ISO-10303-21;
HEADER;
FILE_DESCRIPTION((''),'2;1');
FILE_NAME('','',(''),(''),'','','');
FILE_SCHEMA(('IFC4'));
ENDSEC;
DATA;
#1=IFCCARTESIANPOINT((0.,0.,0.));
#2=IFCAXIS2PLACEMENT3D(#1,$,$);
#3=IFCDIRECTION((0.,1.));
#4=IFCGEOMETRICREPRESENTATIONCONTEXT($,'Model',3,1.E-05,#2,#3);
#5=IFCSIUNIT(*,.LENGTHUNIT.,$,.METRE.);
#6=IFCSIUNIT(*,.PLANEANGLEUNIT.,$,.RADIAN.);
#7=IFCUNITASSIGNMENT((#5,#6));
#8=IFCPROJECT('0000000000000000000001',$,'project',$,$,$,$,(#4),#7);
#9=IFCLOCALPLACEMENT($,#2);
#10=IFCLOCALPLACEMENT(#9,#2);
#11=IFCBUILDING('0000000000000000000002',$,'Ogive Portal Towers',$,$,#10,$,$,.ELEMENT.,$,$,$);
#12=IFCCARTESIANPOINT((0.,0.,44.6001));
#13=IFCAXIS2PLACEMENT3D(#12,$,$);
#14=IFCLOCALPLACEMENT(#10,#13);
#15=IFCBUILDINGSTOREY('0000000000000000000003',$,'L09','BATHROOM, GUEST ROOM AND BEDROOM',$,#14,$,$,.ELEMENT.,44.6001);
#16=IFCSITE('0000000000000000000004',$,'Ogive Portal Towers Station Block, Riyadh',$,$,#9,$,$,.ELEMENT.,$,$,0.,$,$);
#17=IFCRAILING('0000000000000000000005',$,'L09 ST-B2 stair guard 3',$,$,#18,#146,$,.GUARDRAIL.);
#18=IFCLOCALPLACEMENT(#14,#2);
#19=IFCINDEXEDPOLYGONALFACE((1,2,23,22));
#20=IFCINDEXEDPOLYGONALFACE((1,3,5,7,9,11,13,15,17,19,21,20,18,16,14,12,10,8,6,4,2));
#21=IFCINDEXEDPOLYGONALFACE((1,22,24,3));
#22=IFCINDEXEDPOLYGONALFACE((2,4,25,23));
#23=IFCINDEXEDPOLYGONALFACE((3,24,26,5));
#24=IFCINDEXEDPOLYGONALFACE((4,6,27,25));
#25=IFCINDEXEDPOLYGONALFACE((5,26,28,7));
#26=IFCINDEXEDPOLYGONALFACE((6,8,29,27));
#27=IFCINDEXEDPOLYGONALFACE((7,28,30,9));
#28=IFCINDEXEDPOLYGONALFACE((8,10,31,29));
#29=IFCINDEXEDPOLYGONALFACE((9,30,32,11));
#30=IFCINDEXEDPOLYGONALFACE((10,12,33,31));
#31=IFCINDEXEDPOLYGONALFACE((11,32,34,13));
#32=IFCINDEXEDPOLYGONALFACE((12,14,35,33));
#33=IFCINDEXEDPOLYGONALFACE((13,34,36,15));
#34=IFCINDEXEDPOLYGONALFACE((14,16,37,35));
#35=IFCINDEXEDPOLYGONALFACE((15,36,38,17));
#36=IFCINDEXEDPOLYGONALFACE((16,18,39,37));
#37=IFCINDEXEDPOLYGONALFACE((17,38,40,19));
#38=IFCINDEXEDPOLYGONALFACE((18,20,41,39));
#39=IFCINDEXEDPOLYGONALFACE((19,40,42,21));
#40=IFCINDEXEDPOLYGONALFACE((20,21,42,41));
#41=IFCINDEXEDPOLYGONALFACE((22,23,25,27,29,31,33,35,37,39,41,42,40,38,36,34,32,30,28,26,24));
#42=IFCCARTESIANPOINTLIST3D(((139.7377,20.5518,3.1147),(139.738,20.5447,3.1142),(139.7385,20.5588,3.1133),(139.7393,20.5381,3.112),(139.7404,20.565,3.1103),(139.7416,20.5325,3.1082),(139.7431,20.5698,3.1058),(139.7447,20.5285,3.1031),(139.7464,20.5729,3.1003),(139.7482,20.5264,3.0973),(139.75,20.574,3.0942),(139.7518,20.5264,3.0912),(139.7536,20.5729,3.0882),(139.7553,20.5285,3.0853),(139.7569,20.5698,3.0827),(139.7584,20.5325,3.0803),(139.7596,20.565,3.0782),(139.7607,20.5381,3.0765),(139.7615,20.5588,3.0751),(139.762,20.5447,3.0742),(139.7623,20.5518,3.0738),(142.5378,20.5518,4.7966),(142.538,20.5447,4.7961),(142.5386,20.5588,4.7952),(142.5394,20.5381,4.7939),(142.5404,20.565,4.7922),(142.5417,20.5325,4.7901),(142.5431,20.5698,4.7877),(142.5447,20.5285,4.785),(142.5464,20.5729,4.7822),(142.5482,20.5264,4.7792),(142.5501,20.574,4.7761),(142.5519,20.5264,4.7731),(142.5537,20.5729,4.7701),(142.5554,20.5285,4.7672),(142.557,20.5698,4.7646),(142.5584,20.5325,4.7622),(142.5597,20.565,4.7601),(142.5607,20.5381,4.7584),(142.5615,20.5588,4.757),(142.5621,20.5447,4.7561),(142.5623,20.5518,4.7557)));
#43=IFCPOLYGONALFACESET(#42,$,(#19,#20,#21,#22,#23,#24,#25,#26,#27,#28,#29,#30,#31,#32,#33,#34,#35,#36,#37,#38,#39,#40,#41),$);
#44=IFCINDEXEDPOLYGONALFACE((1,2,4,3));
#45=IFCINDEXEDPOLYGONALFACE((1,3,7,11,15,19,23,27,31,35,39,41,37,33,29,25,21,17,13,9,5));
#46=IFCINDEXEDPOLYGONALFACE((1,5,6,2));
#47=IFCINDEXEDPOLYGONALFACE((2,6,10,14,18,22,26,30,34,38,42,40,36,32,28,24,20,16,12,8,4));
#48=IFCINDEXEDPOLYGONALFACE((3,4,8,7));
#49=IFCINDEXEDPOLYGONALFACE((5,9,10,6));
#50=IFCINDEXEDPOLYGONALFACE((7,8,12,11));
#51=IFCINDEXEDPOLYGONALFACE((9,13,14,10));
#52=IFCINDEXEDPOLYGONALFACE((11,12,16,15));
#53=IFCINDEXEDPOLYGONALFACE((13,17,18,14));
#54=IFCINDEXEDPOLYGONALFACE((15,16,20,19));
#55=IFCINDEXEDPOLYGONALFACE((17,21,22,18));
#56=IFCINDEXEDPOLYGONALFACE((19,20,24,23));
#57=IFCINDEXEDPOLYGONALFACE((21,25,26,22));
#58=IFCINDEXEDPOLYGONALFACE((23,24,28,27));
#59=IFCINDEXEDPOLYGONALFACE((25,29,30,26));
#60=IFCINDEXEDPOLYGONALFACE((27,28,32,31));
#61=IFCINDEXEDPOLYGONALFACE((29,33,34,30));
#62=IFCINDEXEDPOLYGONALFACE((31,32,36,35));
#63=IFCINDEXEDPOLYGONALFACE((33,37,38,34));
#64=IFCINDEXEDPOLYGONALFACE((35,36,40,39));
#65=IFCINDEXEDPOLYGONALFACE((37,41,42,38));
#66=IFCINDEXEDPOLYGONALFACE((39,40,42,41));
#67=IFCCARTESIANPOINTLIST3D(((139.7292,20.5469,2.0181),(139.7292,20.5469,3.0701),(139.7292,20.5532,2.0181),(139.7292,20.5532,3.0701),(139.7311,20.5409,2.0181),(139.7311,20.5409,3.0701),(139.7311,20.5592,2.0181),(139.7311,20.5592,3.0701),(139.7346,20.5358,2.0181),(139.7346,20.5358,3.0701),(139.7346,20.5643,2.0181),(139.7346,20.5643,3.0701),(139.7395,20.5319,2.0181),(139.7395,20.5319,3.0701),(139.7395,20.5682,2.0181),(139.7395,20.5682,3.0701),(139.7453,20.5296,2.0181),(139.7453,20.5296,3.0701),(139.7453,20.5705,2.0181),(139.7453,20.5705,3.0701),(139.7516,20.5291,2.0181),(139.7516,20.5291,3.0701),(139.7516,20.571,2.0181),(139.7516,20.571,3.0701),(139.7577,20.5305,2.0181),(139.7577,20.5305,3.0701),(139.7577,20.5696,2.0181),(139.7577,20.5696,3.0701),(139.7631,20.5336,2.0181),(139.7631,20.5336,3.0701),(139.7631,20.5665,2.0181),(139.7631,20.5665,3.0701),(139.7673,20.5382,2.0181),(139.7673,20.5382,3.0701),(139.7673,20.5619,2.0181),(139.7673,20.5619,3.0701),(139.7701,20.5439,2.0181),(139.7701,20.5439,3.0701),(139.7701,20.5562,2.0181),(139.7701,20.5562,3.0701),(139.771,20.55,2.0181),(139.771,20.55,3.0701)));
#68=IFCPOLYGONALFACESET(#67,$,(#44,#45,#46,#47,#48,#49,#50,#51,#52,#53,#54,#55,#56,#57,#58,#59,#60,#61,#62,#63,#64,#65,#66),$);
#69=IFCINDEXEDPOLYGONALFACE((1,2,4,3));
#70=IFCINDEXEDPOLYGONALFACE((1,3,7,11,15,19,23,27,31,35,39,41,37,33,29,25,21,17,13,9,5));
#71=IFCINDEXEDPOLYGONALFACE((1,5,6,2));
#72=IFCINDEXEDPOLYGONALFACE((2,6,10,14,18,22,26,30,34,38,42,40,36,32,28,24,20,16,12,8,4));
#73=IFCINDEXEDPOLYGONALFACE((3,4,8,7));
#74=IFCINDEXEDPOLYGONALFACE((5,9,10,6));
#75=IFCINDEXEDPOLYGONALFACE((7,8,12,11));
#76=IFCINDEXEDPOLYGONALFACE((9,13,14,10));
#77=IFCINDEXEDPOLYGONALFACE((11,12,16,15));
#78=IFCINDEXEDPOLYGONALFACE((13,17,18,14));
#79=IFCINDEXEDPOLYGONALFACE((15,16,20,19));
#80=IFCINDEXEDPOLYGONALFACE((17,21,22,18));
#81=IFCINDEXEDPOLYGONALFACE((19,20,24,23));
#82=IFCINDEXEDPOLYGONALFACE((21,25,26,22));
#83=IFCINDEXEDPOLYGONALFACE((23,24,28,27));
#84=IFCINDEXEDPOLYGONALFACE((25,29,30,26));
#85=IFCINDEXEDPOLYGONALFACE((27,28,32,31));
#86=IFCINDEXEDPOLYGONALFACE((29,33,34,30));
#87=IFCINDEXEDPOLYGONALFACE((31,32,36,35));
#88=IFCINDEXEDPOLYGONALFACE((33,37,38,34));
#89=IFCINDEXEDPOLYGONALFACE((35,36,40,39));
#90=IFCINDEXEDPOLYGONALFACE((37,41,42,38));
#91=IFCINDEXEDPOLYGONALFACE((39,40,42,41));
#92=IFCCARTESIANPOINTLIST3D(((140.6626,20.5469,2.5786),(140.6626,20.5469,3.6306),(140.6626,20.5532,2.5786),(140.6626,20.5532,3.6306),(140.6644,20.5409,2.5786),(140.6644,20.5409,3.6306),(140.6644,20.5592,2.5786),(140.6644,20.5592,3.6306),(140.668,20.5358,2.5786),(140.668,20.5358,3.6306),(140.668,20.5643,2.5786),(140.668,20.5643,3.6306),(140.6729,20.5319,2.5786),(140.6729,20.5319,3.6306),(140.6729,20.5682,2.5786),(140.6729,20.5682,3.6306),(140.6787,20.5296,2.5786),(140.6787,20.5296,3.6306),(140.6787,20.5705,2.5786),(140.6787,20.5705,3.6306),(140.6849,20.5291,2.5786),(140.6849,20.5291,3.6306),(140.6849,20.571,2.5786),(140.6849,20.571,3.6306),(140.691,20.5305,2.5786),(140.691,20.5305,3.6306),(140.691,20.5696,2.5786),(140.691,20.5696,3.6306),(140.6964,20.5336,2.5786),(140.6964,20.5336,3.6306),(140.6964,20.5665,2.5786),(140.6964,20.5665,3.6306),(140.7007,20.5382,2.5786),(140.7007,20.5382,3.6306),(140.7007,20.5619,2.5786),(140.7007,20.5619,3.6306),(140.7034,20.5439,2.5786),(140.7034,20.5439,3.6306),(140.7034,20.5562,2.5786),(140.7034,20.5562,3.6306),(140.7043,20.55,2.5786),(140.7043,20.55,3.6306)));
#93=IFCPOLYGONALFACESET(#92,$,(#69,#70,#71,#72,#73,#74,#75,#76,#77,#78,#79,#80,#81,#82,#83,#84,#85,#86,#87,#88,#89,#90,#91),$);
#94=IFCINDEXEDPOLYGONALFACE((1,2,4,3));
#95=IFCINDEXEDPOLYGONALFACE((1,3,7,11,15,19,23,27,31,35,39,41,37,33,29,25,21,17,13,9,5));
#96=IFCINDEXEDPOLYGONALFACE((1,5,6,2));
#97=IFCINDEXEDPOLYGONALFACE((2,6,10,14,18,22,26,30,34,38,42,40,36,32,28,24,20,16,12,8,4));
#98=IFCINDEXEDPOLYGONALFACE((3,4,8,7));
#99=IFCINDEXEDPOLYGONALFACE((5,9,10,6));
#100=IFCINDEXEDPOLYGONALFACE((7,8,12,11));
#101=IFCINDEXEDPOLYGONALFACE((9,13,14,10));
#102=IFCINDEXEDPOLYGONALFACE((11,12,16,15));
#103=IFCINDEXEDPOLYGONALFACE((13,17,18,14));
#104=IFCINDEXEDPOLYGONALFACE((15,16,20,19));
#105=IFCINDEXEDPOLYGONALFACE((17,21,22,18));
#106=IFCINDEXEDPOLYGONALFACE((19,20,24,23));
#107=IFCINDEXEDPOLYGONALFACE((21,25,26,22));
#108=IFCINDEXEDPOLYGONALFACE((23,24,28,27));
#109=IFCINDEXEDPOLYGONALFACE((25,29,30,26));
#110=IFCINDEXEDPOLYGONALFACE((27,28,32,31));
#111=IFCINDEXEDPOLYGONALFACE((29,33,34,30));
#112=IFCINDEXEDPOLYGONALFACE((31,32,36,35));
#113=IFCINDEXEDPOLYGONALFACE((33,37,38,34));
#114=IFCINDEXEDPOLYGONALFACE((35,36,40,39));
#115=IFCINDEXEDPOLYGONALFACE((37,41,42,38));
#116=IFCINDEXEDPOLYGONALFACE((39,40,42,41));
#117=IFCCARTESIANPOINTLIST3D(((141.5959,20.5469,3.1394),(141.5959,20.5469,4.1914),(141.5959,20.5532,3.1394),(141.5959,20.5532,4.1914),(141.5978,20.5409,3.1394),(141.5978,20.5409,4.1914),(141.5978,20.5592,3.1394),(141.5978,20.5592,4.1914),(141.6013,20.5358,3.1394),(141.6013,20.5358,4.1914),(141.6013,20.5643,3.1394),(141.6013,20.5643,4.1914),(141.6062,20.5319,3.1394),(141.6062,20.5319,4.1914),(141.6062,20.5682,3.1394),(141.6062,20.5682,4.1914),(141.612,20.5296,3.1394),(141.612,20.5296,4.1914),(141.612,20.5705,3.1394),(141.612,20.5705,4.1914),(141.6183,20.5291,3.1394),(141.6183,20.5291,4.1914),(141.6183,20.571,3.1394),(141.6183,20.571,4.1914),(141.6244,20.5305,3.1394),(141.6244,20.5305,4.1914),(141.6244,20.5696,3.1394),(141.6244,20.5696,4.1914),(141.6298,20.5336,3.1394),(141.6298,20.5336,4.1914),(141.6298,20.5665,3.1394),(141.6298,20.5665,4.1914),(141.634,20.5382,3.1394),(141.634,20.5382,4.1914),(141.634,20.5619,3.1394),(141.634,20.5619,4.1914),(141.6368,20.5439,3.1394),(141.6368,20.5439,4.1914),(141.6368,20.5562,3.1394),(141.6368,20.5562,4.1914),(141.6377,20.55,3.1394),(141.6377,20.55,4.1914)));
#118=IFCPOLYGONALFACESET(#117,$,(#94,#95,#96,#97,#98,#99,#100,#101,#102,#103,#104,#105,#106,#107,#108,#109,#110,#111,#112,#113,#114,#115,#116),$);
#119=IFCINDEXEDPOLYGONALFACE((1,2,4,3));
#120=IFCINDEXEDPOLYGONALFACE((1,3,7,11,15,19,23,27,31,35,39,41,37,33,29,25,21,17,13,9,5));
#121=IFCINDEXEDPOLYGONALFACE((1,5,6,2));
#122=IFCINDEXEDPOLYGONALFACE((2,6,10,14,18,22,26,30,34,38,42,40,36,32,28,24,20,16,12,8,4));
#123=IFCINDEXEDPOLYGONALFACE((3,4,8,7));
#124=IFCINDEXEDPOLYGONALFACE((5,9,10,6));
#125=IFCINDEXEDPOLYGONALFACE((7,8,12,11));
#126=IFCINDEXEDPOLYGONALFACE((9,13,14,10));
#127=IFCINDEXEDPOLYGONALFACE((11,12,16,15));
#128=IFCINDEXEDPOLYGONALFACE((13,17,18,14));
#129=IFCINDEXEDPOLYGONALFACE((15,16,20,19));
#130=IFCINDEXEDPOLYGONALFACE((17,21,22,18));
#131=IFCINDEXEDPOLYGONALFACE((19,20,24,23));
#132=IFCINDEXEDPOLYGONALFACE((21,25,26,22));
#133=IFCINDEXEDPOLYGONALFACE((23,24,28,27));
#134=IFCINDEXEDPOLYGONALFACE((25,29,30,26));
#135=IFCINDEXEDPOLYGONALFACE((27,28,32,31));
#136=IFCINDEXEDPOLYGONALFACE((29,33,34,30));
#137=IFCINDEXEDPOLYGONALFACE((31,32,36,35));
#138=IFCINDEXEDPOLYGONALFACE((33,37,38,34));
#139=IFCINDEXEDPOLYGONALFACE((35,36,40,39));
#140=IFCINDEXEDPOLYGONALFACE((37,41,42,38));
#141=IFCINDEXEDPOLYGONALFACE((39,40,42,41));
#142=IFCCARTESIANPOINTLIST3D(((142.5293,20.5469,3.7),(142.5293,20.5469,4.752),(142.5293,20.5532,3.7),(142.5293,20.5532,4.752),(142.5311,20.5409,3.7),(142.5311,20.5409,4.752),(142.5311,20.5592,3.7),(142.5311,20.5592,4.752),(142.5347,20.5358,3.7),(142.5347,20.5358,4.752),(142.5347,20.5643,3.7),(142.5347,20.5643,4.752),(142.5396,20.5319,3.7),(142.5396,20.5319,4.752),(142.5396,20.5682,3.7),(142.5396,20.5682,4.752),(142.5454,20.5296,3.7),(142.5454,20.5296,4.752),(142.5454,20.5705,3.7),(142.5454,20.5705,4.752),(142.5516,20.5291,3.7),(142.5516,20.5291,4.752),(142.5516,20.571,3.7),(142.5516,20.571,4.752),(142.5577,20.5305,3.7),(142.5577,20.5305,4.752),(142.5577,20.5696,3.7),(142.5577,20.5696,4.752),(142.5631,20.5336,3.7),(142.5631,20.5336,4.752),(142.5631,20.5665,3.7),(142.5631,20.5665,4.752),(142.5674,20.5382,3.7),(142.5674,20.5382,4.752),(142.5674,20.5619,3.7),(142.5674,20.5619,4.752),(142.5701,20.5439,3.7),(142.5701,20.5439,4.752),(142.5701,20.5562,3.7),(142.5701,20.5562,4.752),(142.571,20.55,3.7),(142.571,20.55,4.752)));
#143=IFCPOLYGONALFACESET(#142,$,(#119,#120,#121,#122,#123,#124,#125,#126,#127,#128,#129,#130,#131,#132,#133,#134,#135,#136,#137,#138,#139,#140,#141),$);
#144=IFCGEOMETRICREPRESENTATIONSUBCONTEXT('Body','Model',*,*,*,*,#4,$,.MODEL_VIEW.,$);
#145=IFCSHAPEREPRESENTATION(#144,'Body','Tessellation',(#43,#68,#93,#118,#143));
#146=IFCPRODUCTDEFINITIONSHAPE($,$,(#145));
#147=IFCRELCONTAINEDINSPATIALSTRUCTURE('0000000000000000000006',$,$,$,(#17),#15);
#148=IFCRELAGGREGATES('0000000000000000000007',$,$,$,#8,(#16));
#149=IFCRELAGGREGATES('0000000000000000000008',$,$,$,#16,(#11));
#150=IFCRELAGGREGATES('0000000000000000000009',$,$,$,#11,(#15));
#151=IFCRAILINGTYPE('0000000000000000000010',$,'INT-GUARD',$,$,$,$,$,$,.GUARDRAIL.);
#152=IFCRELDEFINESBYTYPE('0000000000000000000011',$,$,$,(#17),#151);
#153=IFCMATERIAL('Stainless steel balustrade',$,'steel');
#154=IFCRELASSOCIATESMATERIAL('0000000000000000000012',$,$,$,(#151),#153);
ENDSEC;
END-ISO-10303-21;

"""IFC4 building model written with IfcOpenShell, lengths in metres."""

from ifc_helpers import new_model, si_unit, direction, frame, origin, origin_2d, place, context, subcontext, project, spatial, circle, extrude, material, type_object, element, save


model = new_model("IFC4")

# Units and contexts
model_context = context("Model", 3, precision=1e-05, world=origin(), true_north=direction((0.0, 1.0)))
body_context = subcontext(model_context, "Body", "Model", "MODEL_VIEW")
ifc_project = project(units=[si_unit("LENGTHUNIT", "METRE"), si_unit("PLANEANGLEUNIT", "RADIAN")], contexts=[model_context])

# Site, building, storey
site_placement = place(None, origin())
site = spatial("IfcSite", under=ifc_project, at=site_placement, Name="Ogive Portal Towers Station Block, Riyadh", CompositionType="ELEMENT", RefElevation=0.0)
building_placement = place(site_placement, origin())
building = spatial("IfcBuilding", under=site, at=building_placement, Name="Ogive Portal Towers", CompositionType="ELEMENT")
storey_placement = place(building_placement, frame((0.0, 0.0, 44.6001)))
storey = spatial("IfcBuildingStorey", under=building, at=storey_placement, Name="L09", Description="BATHROOM, GUEST ROOM AND BEDROOM", CompositionType="ELEMENT", Elevation=44.6001)

# Railing
ifc_material_1 = material(Name="Stainless steel balustrade", Category="steel")
railing_type_1 = type_object("IfcRailingType", Name="INT-GUARD", PredefinedType="GUARDRAIL", material=ifc_material_1)
railing_1_placement = place(storey_placement, frame((139.75, 20.55, 2.0181)))
element("IfcRailing", 1, at=railing_1_placement, inside=storey, type_object=railing_type_1, Name="L09 ST-B2 stair guard 3", PredefinedType="GUARDRAIL", context=body_context, shape_type="SweptSolid", body=[
    extrude(circle(Radius=0.0239, at=origin_2d()), frame((0.0, 0.0, 1.0762), z_axis=(0.857242, 0.0, 0.514913), x_axis=(0.0, 1.0, 0.0)), (0.0, 0.0, 1.0), 3.2664),
    extrude(circle(Radius=0.021, at=origin_2d()), origin(), (0.0, 0.0, 1.0), 1.052),
    extrude(circle(Radius=0.021, at=origin_2d()), frame((0.9333, 0.0, 0.5605)), (0.0, 0.0, 1.0), 1.052),
    extrude(circle(Radius=0.021, at=origin_2d()), frame((1.8667, 0.0, 1.1213)), (0.0, 0.0, 1.0), 1.052),
    extrude(circle(Radius=0.021, at=origin_2d()), frame((2.8, 0.0, 1.6819)), (0.0, 0.0, 1.0), 1.052),
])

save(model, "model.ifc")
